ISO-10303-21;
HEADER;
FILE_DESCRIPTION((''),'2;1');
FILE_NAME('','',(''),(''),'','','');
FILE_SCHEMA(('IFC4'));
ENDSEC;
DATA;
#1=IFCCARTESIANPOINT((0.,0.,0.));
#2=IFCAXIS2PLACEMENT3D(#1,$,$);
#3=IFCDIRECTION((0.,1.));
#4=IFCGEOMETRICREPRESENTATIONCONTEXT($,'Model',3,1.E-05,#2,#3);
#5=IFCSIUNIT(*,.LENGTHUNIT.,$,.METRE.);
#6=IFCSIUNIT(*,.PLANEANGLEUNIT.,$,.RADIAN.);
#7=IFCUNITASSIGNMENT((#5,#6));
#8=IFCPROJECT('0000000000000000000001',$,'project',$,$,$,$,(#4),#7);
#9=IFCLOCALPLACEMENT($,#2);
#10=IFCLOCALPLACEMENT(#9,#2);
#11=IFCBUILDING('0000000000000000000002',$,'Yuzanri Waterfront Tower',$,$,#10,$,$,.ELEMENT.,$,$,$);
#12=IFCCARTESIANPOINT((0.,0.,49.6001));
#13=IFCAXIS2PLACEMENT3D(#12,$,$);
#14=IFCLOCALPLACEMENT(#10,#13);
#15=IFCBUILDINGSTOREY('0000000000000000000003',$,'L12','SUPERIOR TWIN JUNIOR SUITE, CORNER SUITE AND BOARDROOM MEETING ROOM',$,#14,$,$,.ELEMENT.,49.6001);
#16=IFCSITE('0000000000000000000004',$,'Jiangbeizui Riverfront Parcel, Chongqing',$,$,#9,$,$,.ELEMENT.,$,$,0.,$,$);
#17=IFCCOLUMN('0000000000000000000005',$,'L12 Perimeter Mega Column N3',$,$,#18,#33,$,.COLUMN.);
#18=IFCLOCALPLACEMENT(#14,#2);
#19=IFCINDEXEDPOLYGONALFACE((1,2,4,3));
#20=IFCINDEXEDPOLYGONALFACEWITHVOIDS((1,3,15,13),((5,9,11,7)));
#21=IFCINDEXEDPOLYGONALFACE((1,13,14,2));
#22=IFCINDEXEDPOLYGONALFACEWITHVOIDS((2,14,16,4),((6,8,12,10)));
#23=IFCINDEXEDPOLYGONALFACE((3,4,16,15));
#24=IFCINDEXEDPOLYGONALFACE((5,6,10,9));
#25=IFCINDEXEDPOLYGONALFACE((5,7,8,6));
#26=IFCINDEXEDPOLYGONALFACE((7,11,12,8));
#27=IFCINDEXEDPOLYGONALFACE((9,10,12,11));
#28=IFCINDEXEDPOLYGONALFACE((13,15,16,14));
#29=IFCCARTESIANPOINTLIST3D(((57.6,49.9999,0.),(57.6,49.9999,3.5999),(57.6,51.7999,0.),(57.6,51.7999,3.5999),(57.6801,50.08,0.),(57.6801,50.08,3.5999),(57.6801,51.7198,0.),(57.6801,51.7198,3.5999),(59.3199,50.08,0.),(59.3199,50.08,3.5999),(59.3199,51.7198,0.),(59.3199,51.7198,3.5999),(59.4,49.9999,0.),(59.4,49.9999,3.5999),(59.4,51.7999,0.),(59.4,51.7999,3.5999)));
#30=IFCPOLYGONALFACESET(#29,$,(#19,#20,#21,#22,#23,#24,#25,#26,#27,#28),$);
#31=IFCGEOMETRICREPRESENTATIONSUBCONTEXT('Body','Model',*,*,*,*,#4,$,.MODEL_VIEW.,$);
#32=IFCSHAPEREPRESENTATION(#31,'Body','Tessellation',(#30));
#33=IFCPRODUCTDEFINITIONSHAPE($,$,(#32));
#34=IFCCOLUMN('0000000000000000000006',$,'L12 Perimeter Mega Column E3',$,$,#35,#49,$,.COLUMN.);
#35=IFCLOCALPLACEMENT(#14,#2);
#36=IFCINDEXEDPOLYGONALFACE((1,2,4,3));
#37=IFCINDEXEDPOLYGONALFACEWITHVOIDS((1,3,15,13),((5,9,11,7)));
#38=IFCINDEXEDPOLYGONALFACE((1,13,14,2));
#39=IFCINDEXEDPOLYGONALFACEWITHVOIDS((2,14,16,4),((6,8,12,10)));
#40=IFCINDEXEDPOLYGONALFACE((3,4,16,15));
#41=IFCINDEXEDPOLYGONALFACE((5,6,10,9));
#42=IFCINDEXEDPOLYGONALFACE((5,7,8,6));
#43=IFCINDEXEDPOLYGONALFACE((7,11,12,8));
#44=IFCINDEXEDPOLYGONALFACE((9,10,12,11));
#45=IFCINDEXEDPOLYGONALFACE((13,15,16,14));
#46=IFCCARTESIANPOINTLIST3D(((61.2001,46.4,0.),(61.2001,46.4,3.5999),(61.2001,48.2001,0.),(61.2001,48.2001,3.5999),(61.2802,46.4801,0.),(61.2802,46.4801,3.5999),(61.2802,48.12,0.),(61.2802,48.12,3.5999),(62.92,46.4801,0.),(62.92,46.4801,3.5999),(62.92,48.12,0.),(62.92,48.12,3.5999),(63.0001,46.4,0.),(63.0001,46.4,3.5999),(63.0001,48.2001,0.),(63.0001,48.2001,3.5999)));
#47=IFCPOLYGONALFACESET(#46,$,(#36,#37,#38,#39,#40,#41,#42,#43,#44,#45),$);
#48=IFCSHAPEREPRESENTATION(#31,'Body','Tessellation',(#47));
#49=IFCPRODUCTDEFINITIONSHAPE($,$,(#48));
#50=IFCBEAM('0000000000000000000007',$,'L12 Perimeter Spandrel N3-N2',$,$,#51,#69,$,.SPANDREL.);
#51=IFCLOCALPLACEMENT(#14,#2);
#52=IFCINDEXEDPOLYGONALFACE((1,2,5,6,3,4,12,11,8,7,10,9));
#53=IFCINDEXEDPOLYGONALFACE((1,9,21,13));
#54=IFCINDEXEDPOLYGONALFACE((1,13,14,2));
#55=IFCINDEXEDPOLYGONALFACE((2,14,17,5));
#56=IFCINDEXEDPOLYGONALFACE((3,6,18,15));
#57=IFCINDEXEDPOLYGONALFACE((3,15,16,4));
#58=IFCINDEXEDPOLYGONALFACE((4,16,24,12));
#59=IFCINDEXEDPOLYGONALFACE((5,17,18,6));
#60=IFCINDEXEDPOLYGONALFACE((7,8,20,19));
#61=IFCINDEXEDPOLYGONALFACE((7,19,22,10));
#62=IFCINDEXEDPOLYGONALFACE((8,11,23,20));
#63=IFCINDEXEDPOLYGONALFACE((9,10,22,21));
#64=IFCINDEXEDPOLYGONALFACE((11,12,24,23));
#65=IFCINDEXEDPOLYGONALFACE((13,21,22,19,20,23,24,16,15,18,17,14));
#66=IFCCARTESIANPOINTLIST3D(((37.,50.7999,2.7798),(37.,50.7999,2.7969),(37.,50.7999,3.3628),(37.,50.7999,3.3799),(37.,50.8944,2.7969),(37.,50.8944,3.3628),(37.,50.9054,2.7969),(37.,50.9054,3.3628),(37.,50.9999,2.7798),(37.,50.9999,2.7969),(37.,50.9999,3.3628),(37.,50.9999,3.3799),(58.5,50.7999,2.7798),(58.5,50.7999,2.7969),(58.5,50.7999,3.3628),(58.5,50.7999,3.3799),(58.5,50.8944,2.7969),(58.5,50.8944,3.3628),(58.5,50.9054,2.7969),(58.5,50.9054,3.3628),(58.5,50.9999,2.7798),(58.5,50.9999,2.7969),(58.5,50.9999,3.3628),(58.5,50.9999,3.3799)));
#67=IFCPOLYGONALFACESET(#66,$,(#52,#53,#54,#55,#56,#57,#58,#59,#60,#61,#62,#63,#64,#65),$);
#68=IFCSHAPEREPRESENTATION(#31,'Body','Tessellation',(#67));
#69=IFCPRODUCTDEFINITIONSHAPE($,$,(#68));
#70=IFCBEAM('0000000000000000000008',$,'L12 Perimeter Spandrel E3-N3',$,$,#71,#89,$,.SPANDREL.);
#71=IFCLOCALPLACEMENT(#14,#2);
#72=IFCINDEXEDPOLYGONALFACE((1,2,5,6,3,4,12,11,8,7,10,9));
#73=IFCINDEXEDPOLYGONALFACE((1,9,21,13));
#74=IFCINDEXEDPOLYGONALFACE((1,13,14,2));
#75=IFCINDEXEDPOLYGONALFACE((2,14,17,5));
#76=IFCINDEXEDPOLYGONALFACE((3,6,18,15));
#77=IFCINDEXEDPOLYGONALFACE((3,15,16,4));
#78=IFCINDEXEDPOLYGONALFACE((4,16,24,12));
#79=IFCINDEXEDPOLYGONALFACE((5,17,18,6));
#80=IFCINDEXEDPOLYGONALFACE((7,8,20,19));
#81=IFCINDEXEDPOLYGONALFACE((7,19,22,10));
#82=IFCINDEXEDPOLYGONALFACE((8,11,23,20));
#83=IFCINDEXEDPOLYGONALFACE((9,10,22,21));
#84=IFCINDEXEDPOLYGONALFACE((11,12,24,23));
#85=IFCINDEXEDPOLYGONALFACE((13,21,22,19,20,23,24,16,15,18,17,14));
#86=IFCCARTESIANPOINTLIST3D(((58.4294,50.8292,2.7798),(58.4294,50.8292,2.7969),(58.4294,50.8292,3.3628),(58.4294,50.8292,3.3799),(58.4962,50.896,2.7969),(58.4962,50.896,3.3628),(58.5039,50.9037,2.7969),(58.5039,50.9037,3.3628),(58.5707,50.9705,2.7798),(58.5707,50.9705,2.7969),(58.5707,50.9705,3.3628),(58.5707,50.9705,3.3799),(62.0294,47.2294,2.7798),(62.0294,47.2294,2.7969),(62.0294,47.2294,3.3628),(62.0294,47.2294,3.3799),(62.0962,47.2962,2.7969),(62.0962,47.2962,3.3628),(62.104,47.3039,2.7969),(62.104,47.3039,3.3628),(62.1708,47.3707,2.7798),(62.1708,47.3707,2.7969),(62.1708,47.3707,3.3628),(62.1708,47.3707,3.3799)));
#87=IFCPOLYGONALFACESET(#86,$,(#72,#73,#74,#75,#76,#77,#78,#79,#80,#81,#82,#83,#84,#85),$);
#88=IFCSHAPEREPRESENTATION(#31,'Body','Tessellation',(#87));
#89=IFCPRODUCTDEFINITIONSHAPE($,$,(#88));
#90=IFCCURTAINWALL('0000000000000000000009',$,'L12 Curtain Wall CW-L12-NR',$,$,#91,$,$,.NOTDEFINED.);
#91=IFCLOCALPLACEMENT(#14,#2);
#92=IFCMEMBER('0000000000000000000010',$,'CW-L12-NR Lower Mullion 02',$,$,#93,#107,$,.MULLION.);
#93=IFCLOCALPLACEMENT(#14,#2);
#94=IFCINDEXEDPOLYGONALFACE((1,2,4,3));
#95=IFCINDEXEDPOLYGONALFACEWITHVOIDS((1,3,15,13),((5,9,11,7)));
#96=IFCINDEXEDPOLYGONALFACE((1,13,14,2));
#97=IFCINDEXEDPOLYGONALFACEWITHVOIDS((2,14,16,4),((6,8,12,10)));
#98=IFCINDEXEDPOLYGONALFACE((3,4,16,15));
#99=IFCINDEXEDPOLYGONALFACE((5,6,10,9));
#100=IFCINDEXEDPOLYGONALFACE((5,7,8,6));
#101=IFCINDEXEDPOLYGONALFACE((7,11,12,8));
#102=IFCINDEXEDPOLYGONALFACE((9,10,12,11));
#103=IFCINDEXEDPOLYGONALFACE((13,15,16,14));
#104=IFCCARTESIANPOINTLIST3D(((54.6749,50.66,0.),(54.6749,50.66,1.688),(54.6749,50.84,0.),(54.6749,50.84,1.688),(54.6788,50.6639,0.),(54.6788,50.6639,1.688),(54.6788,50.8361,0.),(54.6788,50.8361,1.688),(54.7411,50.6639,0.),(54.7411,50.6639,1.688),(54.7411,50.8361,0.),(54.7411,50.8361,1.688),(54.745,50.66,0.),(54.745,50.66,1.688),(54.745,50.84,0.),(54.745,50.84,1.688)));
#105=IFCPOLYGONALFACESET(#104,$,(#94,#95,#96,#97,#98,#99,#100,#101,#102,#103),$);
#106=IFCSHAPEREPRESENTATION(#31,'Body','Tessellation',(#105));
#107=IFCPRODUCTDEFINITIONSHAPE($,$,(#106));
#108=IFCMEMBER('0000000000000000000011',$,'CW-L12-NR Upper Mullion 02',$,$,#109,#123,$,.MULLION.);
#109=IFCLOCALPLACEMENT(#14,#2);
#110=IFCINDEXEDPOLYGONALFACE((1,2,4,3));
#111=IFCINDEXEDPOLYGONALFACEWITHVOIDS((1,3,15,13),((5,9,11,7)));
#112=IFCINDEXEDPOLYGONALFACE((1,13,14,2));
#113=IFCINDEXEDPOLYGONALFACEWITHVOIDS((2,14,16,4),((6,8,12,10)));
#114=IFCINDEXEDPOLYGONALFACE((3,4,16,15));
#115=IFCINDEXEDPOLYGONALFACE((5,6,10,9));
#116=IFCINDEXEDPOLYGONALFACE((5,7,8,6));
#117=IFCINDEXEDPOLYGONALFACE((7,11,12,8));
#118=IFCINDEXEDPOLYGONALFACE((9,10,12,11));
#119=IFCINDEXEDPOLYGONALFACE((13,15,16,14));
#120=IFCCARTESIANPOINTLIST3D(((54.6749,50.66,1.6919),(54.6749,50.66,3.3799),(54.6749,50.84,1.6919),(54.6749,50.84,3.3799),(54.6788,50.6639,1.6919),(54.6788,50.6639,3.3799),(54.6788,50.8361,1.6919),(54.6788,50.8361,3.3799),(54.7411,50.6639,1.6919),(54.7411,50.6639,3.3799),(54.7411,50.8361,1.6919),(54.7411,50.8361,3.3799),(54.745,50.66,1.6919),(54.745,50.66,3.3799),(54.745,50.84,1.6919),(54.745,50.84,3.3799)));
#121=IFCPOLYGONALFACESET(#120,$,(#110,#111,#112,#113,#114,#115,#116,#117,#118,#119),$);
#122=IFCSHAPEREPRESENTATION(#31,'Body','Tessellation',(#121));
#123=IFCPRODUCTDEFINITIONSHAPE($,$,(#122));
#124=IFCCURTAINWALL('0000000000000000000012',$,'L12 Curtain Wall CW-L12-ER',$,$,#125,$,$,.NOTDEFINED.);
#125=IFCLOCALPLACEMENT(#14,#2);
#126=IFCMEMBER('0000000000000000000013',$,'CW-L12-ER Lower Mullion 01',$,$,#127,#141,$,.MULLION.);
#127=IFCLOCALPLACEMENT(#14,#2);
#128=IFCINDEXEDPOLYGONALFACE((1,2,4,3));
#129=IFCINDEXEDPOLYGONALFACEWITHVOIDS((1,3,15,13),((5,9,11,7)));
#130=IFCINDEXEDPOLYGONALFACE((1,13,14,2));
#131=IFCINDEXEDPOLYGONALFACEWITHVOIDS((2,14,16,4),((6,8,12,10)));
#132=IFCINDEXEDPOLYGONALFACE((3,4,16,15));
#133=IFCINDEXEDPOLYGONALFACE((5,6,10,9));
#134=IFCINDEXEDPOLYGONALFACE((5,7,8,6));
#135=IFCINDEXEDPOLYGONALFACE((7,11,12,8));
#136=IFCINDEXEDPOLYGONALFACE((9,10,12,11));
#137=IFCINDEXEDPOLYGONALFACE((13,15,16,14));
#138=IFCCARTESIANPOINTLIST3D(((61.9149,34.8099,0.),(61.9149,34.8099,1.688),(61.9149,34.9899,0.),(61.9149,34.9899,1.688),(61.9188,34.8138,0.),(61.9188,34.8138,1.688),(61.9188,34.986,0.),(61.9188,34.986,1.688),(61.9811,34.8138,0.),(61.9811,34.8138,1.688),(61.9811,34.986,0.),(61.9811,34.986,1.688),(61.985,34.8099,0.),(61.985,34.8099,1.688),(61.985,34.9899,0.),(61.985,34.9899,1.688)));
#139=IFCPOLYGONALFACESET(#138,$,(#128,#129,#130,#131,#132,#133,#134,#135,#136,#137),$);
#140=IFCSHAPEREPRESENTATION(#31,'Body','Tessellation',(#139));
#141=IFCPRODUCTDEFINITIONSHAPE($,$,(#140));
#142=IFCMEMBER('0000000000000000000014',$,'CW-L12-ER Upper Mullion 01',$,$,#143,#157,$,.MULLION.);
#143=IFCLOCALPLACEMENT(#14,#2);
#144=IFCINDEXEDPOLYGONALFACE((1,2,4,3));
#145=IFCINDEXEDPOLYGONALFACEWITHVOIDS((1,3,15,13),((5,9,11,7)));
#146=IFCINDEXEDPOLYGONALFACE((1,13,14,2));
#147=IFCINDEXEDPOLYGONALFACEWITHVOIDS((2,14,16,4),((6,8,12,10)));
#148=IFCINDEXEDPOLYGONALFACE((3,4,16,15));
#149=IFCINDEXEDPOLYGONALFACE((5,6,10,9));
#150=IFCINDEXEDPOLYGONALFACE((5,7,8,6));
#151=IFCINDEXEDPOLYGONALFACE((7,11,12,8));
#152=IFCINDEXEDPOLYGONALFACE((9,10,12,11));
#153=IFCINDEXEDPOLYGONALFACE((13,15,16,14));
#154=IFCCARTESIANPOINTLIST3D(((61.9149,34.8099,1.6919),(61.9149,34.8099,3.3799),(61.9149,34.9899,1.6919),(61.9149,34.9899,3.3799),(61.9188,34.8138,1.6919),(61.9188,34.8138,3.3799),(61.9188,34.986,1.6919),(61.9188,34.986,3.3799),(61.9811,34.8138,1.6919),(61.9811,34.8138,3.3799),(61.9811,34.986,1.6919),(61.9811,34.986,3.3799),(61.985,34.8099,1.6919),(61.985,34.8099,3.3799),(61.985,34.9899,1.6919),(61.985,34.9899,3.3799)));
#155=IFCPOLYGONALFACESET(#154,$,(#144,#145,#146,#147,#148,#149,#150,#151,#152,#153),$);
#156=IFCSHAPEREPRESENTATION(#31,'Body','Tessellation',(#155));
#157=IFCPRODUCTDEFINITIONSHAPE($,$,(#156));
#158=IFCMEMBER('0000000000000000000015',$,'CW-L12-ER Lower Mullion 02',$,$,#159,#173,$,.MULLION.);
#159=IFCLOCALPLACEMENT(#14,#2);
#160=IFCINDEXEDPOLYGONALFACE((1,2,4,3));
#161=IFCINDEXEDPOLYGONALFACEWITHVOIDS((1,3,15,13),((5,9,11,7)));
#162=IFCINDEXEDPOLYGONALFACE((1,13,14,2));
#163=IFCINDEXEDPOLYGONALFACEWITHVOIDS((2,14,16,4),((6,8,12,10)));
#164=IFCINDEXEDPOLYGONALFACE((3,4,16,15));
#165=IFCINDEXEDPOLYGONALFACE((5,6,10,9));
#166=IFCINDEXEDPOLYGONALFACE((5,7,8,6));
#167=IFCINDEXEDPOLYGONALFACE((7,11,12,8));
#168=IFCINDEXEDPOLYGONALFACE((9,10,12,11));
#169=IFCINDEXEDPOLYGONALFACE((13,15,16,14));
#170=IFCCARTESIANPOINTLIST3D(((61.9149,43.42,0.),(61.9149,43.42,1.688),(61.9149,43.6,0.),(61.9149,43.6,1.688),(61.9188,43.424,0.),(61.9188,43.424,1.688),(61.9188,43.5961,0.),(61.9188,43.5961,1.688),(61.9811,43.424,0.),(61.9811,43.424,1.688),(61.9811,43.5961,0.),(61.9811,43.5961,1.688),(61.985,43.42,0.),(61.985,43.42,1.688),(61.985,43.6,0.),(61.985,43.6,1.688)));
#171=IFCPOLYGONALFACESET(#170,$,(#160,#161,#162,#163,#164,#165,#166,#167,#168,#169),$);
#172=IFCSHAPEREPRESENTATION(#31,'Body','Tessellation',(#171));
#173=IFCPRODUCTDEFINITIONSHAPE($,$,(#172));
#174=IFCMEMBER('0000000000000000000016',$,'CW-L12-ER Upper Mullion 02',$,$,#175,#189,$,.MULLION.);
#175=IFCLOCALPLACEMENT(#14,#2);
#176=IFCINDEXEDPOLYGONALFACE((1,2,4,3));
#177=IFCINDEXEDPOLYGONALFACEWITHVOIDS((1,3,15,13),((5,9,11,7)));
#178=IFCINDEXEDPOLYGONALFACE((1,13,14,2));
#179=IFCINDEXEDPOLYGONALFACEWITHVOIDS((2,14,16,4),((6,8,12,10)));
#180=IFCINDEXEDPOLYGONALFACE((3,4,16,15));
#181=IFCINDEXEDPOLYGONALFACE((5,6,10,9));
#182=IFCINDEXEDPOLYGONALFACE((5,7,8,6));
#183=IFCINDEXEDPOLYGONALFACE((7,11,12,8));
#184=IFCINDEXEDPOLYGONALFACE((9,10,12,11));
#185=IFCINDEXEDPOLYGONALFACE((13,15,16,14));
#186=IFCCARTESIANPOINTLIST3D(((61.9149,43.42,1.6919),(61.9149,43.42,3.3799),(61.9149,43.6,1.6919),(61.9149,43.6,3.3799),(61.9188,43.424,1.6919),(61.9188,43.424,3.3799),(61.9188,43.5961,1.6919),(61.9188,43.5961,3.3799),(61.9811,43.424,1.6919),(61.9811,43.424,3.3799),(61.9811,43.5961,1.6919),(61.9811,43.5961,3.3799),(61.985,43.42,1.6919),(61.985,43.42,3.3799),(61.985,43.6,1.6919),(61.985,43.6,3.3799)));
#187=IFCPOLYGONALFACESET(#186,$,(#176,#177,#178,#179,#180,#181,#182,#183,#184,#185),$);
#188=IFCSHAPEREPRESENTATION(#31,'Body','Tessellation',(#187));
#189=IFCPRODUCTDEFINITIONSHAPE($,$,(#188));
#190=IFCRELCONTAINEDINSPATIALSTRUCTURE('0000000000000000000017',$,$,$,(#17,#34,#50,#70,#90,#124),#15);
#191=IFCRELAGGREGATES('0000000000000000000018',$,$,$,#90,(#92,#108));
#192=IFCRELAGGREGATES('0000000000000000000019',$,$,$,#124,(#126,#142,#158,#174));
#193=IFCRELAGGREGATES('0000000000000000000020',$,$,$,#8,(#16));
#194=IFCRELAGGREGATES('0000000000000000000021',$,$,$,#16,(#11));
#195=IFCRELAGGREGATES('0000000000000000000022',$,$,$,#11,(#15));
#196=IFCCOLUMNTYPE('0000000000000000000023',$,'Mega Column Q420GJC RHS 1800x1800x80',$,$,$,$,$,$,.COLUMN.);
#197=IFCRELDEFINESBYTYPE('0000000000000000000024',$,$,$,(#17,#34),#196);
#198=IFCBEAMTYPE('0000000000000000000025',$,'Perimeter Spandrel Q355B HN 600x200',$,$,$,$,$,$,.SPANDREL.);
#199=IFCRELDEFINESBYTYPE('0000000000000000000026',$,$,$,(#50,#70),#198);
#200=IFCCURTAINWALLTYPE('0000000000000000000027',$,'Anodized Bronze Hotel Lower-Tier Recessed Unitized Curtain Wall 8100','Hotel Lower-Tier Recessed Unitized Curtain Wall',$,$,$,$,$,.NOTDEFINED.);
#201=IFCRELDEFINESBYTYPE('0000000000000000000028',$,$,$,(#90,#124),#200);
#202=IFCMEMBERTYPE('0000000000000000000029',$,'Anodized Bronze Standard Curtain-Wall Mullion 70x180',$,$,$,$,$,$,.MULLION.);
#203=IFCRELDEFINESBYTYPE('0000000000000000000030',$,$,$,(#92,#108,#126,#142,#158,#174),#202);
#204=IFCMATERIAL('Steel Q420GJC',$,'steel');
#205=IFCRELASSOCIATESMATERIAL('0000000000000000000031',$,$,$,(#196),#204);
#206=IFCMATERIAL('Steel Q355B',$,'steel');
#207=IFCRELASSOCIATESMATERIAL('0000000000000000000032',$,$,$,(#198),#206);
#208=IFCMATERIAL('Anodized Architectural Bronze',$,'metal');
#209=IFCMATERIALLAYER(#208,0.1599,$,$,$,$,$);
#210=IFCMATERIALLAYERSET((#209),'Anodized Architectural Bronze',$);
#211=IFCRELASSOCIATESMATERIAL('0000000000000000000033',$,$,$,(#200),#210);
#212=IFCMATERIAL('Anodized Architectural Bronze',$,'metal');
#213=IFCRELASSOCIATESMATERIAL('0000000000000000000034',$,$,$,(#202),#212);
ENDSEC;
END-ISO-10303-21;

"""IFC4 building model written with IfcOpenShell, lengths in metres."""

from ifc_helpers import new_model, si_unit, direction, frame, origin, origin_2d, place, context, subcontext, project, spatial, hollow_rectangle, i_section, extrude, source, transform, mapped, material, layer, layer_set, material_profile, profile_set, type_object, element, aggregate, save


model = new_model("IFC4")

# Units and contexts
model_context = context("Model", 3, precision=1e-05, world=origin(), true_north=direction((0.0, 1.0)))
body_context = subcontext(model_context, "Body", "Model", "MODEL_VIEW")
ifc_project = project(units=[si_unit("LENGTHUNIT", "METRE"), si_unit("PLANEANGLEUNIT", "RADIAN")], contexts=[model_context])

# Site, building, storey
site_placement = place(None, origin())
site = spatial("IfcSite", under=ifc_project, at=site_placement, Name="Jiangbeizui Riverfront Parcel, Chongqing", CompositionType="ELEMENT", RefElevation=0.0)
building_placement = place(site_placement, origin())
building = spatial("IfcBuilding", under=site, at=building_placement, Name="Yuzanri Waterfront Tower", CompositionType="ELEMENT")
storey_placement = place(building_placement, frame((0.0, 0.0, 49.6001)))
storey = spatial("IfcBuildingStorey", under=building, at=storey_placement, Name="L12", Description="SUPERIOR TWIN JUNIOR SUITE, CORNER SUITE AND BOARDROOM MEETING ROOM", CompositionType="ELEMENT", Elevation=49.6001)

# Columns
ifc_material_1 = material(Name="Steel Q420GJC", Category="steel")
ifc_material_profile_1 = material_profile(ifc_material_1, hollow_rectangle(XDim=1.8, YDim=1.8, WallThickness=0.0801, at=origin_2d()), Name="RHS 1800x1800x80")
ifc_profile_set_1 = profile_set([ifc_material_profile_1], Name="Steel Q420GJC")
column_type = type_object("IfcColumnType", Name="Mega Column Q420GJC RHS 1800x1800x80", PredefinedType="COLUMN", material=ifc_profile_set_1)
shared_shape_1 = source(origin(), body_context, "Body", "SweptSolid", [
    extrude(hollow_rectangle(XDim=1.8, YDim=1.8, WallThickness=0.0801, at=origin_2d()), origin(), (0.0, 0.0, 1.0), 3.5999),
])
for number, where, z_axis, x_axis, name in (
    (1, (58.5, 50.8999, 0.0), (0.0, 0.0, 1.0), (1.0, 0.0, 0.0), "L12 Perimeter Mega Column N3"),
    (2, (62.1001, 47.3, 0.0), (0.0, 0.0, 1.0), (1.0, 0.0, 0.0), "L12 Perimeter Mega Column E3"),
):
    element("IfcColumn", number, at=place(storey_placement, frame(where, z_axis=z_axis, x_axis=x_axis)), inside=storey, type_object=column_type, Name=name, PredefinedType="COLUMN", context=body_context, shape_type="MappedRepresentation", body=[
        mapped(shared_shape_1, transform((0.0, 0.0, 0.0), scale=1.0)),
    ])

# Beams
ifc_material_2 = material(Name="Steel Q355B", Category="steel")
ifc_material_profile_2 = material_profile(ifc_material_2, i_section(OverallWidth=0.2, OverallDepth=0.6001, WebThickness=0.011, FlangeThickness=0.0171, at=origin_2d()), Name="HN 600x200x11x17")
ifc_profile_set_2 = profile_set([ifc_material_profile_2], Name="Steel Q355B")
beam_type = type_object("IfcBeamType", Name="Perimeter Spandrel Q355B HN 600x200", PredefinedType="SPANDREL", material=ifc_profile_set_2)
shared_shape_2 = source(origin(), body_context, "Body", "SweptSolid", [
    extrude(i_section(OverallWidth=0.2, OverallDepth=0.6001, WebThickness=0.011, FlangeThickness=0.0171, at=origin_2d()), origin(), (0.0, 0.0, 1.0), 21.5),
])
beam_1_placement = place(storey_placement, frame((58.5, 50.8999, 3.0798), z_axis=(-1.0, 0.0, 0.0), x_axis=(0.0, -1.0, 0.0)))
element("IfcBeam", 3, at=beam_1_placement, inside=storey, type_object=beam_type, Name="L12 Perimeter Spandrel N3-N2", PredefinedType="SPANDREL", context=body_context, shape_type="MappedRepresentation", body=[
    mapped(shared_shape_2, transform((0.0, 0.0, 0.0), scale=1.0)),
])
shared_shape_3 = source(origin(), body_context, "Body", "SweptSolid", [
    extrude(i_section(OverallWidth=0.2, OverallDepth=0.6001, WebThickness=0.011, FlangeThickness=0.0171, at=origin_2d()), origin(), (0.0, 0.0, 1.0), 5.0911),
])
beam_2_placement = place(storey_placement, frame((62.1001, 47.3, 3.0798), z_axis=(-0.707131, 0.707083, 0.0), x_axis=(-0.707083, -0.707131, 0.0)))
element("IfcBeam", 4, at=beam_2_placement, inside=storey, type_object=beam_type, Name="L12 Perimeter Spandrel E3-N3", PredefinedType="SPANDREL", context=body_context, shape_type="MappedRepresentation", body=[
    mapped(shared_shape_3, transform((0.0, 0.0, 0.0), scale=1.0)),
])

# Curtain walls, members
ifc_material_3 = material(Name="Anodized Architectural Bronze", Category="metal")
ifc_layer_1 = layer(ifc_material_3, 0.1599)
ifc_layer_set_1 = layer_set([ifc_layer_1], Name="Anodized Architectural Bronze")
curtain_wall_type = type_object("IfcCurtainWallType", Name="Anodized Bronze Hotel Lower-Tier Recessed Unitized Curtain Wall 8100", Description="Hotel Lower-Tier Recessed Unitized Curtain Wall", PredefinedType="NOTDEFINED", material=ifc_layer_set_1)
curtain_wall_1_placement = place(storey_placement, origin())
curtain_wall_1 = element("IfcCurtainWall", 5, at=curtain_wall_1_placement, inside=storey, type_object=curtain_wall_type, Name="L12 Curtain Wall CW-L12-NR", PredefinedType="NOTDEFINED")
ifc_material_4 = material(Name="Anodized Architectural Bronze", Category="metal")
ifc_material_profile_3 = material_profile(ifc_material_4, hollow_rectangle(XDim=0.0701, YDim=0.1799, WallThickness=0.0039, at=origin_2d()), Name="CWM 70x180")
ifc_profile_set_3 = profile_set([ifc_material_profile_3], Name="Anodized Architectural Bronze")
member_type = type_object("IfcMemberType", Name="Anodized Bronze Standard Curtain-Wall Mullion 70x180", PredefinedType="MULLION", material=ifc_profile_set_3)
shared_shape_4 = source(origin(), body_context, "Body", "SweptSolid", [
    extrude(hollow_rectangle(XDim=0.0701, YDim=0.1799, WallThickness=0.0039, at=origin_2d()), origin(), (0.0, 0.0, 1.0), 1.688),
])
member_1_placement = place(storey_placement, frame((54.71, 50.75, 0.0), z_axis=(0.0, 0.0, 1.0), x_axis=(1.0, 0.0, 0.0)))
member_1 = element("IfcMember", 6, at=member_1_placement, type_object=member_type, Name="CW-L12-NR Lower Mullion 02", PredefinedType="MULLION", context=body_context, shape_type="MappedRepresentation", body=[
    mapped(shared_shape_4, transform((0.0, 0.0, 0.0), scale=1.0)),
])
member_2_placement = place(storey_placement, frame((54.71, 50.75, 1.6919), z_axis=(0.0, 0.0, 1.0), x_axis=(1.0, 0.0, 0.0)))
member_2 = element("IfcMember", 7, at=member_2_placement, type_object=member_type, Name="CW-L12-NR Upper Mullion 02", PredefinedType="MULLION", context=body_context, shape_type="MappedRepresentation", body=[
    mapped(shared_shape_4, transform((0.0, 0.0, 0.0), scale=1.0)),
])
curtain_wall_2_placement = place(storey_placement, origin())
curtain_wall_2 = element("IfcCurtainWall", 8, at=curtain_wall_2_placement, inside=storey, type_object=curtain_wall_type, Name="L12 Curtain Wall CW-L12-ER", PredefinedType="NOTDEFINED")
member_3_placement = place(storey_placement, frame((61.95, 34.8999, 0.0), z_axis=(0.0, 0.0, 1.0), x_axis=(1.0, 0.0, 0.0)))
member_3 = element("IfcMember", 9, at=member_3_placement, type_object=member_type, Name="CW-L12-ER Lower Mullion 01", PredefinedType="MULLION", context=body_context, shape_type="MappedRepresentation", body=[
    mapped(shared_shape_4, transform((0.0, 0.0, 0.0), scale=1.0)),
])
member_4_placement = place(storey_placement, frame((61.95, 34.8999, 1.6919), z_axis=(0.0, 0.0, 1.0), x_axis=(1.0, 0.0, 0.0)))
member_4 = element("IfcMember", 10, at=member_4_placement, type_object=member_type, Name="CW-L12-ER Upper Mullion 01", PredefinedType="MULLION", context=body_context, shape_type="MappedRepresentation", body=[
    mapped(shared_shape_4, transform((0.0, 0.0, 0.0), scale=1.0)),
])
member_5_placement = place(storey_placement, frame((61.95, 43.51, 0.0), z_axis=(0.0, 0.0, 1.0), x_axis=(1.0, 0.0, 0.0)))
member_5 = element("IfcMember", 11, at=member_5_placement, type_object=member_type, Name="CW-L12-ER Lower Mullion 02", PredefinedType="MULLION", context=body_context, shape_type="MappedRepresentation", body=[
    mapped(shared_shape_4, transform((0.0, 0.0, 0.0), scale=1.0)),
])
member_6_placement = place(storey_placement, frame((61.95, 43.51, 1.6919), z_axis=(0.0, 0.0, 1.0), x_axis=(1.0, 0.0, 0.0)))
member_6 = element("IfcMember", 12, at=member_6_placement, type_object=member_type, Name="CW-L12-ER Upper Mullion 02", PredefinedType="MULLION", context=body_context, shape_type="MappedRepresentation", body=[
    mapped(shared_shape_4, transform((0.0, 0.0, 0.0), scale=1.0)),
])

aggregate(curtain_wall_1, [member_1, member_2])
aggregate(curtain_wall_2, [member_3, member_4, member_5, member_6])

save(model, "model.ifc")
